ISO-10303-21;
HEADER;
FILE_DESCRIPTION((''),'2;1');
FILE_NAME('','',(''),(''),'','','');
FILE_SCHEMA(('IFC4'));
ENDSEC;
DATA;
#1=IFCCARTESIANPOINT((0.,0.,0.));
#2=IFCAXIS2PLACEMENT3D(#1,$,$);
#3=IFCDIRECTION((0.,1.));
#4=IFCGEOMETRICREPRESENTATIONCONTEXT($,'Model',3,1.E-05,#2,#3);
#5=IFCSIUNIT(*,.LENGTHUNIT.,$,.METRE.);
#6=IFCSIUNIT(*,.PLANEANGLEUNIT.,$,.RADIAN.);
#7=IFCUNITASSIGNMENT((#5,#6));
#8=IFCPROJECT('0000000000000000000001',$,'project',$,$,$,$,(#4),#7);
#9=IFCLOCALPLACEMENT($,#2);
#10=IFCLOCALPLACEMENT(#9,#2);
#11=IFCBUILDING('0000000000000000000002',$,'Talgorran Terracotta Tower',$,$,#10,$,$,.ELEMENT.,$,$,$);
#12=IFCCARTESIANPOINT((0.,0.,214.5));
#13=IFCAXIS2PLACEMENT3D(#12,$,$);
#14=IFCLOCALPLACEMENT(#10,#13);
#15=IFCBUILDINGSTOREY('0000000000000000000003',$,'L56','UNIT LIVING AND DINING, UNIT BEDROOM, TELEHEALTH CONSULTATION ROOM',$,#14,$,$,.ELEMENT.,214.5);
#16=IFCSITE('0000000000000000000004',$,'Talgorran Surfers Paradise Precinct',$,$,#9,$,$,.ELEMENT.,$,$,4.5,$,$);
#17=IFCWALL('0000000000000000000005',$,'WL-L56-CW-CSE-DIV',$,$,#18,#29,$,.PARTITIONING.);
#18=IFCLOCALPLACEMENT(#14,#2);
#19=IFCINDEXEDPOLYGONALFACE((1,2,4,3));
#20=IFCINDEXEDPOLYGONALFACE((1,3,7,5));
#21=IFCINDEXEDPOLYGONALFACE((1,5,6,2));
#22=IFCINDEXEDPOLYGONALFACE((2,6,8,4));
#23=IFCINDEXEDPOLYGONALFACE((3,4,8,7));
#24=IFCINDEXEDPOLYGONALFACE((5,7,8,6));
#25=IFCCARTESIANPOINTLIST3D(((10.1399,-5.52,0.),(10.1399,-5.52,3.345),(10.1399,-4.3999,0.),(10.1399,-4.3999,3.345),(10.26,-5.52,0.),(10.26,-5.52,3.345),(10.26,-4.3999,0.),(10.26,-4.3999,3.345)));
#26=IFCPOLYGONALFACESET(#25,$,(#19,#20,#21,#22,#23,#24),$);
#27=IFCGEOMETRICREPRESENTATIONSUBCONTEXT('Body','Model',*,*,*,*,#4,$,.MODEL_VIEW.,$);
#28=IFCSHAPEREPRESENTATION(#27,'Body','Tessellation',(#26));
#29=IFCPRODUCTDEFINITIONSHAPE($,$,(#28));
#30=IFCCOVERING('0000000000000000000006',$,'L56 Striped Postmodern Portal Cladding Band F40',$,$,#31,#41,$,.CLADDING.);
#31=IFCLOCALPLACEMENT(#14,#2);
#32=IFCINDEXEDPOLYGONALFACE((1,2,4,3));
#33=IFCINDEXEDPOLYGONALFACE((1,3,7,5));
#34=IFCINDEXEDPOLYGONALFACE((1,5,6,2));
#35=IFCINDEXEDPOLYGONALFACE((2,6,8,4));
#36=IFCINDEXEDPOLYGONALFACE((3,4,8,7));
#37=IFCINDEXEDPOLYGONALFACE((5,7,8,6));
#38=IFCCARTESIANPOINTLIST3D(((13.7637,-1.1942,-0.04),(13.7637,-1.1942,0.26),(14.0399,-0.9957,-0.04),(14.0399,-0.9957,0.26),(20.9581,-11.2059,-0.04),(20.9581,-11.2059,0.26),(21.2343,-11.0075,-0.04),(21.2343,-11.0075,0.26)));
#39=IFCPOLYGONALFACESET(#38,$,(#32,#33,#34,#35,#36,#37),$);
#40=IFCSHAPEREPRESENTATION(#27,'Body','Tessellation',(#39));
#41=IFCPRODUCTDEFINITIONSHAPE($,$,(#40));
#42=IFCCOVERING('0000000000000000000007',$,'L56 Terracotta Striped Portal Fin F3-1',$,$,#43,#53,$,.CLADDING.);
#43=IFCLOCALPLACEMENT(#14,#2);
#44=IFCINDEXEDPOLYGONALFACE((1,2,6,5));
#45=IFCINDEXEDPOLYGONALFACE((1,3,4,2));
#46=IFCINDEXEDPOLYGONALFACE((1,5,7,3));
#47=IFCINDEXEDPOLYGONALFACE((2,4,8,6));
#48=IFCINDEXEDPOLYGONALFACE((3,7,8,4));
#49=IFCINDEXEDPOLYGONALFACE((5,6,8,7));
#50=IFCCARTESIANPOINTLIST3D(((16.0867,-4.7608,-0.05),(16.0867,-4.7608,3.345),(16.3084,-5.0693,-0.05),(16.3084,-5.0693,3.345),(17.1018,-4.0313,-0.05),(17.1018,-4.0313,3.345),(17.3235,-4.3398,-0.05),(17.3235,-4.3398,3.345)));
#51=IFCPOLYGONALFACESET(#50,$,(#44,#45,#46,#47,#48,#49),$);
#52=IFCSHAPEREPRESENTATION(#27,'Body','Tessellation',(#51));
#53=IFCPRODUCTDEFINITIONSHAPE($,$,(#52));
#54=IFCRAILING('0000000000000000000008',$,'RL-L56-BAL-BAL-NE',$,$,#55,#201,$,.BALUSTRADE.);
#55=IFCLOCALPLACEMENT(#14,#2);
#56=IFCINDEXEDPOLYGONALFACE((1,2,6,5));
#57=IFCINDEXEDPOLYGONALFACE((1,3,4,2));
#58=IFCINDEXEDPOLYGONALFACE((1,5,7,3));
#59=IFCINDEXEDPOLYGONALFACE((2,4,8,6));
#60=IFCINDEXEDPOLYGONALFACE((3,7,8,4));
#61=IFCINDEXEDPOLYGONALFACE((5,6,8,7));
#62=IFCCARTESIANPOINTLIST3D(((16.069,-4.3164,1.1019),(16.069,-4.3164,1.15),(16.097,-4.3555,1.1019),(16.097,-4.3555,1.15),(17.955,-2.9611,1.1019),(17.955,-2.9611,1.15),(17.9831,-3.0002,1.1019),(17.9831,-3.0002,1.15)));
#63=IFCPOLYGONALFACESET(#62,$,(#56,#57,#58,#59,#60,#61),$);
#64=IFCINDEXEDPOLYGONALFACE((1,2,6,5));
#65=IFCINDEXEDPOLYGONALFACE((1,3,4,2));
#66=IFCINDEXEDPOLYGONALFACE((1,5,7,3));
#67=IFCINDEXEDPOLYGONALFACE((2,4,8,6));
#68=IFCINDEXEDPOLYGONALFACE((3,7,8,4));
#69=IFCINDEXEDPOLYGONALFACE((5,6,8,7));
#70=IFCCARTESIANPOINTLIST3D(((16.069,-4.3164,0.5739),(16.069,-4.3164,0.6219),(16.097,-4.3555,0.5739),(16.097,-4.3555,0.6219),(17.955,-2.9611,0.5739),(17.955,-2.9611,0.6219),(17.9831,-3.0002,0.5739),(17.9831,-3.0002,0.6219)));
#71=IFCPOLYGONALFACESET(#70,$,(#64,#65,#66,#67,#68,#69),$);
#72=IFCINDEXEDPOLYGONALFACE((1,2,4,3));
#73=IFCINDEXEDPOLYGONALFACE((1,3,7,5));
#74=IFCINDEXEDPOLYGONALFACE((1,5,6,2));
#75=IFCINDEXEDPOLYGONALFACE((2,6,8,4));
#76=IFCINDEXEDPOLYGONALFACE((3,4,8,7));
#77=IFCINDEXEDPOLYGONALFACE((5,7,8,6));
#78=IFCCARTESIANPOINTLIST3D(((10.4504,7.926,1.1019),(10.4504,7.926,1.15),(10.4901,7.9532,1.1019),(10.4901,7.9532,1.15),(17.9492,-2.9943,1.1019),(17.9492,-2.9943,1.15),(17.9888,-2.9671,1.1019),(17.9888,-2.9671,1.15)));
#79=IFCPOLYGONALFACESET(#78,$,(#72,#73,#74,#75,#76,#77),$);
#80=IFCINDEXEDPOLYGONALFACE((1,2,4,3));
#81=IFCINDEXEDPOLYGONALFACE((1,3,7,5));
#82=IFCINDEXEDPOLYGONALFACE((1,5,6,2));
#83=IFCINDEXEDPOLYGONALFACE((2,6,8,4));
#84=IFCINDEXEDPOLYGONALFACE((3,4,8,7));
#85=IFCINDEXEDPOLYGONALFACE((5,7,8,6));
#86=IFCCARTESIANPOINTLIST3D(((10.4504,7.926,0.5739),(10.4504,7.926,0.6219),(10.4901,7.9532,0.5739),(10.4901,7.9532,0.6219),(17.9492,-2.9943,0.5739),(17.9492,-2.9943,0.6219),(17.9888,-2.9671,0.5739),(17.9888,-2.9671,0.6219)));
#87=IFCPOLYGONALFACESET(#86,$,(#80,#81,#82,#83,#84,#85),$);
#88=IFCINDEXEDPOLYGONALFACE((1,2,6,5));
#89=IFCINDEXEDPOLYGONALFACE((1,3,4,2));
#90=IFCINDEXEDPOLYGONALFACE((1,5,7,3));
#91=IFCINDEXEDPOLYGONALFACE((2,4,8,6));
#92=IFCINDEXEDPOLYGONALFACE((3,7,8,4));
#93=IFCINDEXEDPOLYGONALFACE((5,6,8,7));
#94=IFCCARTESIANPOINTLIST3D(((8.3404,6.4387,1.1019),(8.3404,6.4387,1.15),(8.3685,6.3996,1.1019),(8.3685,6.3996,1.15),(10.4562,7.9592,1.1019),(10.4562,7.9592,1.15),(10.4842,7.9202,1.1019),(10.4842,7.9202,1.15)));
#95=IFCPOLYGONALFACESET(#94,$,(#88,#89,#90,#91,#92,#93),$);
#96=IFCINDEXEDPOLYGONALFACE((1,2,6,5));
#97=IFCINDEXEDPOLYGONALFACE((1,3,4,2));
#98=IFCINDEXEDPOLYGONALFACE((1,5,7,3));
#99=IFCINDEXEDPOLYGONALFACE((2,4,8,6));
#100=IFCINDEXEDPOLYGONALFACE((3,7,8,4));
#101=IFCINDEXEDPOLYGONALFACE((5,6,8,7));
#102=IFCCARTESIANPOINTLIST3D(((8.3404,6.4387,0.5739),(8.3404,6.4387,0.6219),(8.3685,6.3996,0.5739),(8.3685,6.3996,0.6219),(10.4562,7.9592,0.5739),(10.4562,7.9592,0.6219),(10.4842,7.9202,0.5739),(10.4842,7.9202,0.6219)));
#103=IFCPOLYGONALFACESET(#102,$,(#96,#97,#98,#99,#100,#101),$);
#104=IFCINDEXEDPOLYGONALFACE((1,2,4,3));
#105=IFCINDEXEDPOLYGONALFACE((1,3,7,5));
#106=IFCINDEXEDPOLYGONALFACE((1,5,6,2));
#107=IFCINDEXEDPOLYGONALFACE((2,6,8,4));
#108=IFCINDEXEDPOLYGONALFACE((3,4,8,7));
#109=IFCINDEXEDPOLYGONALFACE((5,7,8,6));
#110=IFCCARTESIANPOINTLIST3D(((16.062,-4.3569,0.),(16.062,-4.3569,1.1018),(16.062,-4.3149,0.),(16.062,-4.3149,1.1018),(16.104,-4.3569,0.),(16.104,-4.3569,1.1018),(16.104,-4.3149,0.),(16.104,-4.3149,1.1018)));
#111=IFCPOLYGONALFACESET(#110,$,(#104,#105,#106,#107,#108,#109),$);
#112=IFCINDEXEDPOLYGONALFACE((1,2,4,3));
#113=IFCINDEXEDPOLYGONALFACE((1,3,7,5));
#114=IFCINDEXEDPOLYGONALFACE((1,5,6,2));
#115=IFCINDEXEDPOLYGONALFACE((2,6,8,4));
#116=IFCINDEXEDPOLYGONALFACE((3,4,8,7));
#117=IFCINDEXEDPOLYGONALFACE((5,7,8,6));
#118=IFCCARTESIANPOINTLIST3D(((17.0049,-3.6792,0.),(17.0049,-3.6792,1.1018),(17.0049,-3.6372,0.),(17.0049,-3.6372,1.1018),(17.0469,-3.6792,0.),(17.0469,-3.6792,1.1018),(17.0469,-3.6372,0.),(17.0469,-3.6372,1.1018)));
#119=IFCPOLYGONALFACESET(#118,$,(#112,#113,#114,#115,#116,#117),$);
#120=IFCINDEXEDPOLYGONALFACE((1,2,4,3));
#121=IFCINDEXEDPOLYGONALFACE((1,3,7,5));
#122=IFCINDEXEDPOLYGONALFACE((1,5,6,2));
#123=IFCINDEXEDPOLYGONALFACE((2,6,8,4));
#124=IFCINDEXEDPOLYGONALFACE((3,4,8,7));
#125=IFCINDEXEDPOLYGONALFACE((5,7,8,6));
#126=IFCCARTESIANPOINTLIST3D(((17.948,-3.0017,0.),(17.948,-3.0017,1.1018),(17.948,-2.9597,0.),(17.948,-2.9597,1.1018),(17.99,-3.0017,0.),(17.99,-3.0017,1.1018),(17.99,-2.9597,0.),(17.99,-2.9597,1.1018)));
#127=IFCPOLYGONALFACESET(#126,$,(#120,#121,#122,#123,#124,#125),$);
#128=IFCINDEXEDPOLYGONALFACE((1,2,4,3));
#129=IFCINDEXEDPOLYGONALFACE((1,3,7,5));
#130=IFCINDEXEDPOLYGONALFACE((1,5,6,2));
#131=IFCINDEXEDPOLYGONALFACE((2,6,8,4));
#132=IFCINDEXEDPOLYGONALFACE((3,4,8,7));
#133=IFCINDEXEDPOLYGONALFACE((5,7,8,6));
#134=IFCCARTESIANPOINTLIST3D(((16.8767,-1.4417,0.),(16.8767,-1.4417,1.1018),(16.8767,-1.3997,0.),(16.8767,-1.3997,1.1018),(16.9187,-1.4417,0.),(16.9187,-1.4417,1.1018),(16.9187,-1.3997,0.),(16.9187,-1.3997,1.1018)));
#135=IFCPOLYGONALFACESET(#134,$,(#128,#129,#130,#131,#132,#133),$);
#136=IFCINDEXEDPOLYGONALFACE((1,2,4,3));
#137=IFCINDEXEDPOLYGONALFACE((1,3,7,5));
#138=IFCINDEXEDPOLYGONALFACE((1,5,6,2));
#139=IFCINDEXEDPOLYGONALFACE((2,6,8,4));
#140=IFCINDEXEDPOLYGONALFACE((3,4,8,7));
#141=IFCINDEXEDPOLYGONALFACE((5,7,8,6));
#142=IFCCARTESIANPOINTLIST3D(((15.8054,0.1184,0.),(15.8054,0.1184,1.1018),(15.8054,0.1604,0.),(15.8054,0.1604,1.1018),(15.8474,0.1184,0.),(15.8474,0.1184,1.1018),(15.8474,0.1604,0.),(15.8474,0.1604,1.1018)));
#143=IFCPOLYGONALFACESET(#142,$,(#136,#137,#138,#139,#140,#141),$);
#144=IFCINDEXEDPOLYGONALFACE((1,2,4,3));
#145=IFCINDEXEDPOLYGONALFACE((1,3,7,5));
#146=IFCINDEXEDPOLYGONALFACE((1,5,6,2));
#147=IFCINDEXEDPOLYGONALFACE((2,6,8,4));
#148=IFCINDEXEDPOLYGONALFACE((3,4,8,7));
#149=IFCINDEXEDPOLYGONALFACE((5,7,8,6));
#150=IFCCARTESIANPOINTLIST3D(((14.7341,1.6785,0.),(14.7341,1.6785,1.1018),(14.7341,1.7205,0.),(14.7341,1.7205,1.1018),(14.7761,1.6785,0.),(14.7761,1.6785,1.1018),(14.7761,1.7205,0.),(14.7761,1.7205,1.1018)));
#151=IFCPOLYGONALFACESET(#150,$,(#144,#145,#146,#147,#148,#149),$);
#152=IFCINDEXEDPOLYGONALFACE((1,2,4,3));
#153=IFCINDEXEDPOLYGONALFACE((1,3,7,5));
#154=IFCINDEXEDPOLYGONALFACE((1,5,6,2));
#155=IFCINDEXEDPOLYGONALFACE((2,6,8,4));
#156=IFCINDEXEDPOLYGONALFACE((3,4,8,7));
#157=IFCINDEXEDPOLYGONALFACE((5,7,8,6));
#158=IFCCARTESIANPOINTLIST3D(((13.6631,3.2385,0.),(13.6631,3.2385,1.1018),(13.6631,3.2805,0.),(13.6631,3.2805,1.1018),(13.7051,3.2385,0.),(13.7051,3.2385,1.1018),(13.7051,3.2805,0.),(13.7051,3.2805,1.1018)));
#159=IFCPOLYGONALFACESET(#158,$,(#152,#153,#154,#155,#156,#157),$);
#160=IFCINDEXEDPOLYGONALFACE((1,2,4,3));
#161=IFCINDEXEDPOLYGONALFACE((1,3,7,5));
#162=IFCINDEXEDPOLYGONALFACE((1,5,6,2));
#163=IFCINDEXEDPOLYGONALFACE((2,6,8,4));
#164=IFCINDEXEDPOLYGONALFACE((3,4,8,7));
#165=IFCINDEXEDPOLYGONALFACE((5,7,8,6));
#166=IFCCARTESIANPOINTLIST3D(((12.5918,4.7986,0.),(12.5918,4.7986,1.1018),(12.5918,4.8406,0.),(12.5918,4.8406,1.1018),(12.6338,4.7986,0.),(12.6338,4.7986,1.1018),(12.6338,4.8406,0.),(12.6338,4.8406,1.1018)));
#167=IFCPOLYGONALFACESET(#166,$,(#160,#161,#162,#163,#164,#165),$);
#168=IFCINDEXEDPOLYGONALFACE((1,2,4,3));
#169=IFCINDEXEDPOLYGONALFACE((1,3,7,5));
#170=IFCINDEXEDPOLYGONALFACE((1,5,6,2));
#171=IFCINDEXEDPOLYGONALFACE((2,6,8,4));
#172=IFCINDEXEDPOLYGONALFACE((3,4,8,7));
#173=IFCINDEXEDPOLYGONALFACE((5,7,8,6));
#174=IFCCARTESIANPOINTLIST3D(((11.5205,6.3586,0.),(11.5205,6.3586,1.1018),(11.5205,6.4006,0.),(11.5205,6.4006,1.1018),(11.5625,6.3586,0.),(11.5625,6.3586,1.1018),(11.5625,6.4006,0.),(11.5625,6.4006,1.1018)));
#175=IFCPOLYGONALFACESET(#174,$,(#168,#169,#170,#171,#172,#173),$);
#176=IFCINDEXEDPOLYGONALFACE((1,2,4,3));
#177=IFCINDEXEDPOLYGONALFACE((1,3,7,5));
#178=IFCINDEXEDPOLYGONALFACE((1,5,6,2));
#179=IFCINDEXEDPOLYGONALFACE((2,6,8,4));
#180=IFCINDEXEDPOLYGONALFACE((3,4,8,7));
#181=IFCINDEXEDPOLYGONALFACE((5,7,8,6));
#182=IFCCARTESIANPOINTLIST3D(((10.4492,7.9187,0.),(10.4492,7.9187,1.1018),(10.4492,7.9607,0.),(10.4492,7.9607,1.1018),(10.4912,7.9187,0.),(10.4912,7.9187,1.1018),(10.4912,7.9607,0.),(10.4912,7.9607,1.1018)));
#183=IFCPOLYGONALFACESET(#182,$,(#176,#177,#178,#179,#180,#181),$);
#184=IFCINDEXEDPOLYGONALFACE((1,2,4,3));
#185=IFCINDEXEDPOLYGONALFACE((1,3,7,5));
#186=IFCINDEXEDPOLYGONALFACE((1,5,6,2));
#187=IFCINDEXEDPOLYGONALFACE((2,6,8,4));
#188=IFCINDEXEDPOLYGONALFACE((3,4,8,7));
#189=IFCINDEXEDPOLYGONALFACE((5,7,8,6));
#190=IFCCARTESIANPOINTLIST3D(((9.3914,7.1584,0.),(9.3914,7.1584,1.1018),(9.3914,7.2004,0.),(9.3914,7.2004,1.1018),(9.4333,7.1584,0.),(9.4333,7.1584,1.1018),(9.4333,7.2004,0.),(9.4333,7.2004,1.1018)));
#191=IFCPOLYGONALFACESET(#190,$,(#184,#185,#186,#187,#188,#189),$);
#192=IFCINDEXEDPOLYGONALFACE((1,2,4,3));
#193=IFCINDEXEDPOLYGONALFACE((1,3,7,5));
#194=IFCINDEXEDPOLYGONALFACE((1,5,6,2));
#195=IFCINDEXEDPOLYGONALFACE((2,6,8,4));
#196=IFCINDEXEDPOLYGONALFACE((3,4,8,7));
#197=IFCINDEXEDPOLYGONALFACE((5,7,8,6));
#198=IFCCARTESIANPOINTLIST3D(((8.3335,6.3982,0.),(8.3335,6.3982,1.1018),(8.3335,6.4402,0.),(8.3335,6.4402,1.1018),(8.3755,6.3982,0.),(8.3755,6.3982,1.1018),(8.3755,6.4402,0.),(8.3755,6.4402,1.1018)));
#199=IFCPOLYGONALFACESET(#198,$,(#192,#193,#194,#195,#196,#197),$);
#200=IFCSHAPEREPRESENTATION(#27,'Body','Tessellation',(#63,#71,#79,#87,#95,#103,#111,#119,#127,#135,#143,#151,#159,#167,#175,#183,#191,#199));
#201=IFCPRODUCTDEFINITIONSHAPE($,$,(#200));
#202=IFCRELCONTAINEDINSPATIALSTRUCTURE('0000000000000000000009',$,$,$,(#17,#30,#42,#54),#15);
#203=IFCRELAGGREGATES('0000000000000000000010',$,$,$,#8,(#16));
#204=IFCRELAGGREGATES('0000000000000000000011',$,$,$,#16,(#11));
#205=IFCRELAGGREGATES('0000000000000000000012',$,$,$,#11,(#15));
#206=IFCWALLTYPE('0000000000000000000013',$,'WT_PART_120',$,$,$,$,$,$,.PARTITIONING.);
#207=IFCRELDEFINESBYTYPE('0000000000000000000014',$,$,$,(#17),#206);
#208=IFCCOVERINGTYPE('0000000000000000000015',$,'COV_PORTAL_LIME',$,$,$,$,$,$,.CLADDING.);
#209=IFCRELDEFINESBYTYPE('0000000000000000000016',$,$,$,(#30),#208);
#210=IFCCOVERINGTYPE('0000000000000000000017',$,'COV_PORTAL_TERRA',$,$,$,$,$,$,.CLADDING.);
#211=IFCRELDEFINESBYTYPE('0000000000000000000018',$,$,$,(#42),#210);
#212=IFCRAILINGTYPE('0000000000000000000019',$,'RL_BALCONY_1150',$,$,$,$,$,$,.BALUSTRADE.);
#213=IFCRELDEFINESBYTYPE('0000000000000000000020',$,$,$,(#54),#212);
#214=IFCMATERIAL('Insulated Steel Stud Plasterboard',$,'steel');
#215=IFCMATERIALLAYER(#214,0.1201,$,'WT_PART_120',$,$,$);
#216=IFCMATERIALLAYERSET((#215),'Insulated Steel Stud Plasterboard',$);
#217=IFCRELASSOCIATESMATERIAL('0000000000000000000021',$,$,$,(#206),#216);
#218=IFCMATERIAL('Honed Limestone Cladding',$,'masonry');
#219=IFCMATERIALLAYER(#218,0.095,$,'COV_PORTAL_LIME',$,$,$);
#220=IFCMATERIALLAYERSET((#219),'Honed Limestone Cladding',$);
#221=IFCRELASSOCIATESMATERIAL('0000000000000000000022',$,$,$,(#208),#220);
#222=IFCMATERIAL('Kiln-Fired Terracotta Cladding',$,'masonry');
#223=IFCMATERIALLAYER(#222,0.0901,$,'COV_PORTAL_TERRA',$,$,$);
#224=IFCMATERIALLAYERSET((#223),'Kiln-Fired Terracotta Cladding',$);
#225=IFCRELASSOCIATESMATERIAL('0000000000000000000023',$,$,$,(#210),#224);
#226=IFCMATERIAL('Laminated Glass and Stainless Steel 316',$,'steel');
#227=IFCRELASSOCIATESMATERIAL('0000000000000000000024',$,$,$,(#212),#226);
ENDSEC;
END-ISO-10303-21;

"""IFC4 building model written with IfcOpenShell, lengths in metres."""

from ifc_helpers import new_model, si_unit, direction, frame, frame_2d, origin, origin_2d, place, context, subcontext, project, spatial, rectangle, extrude, material, layer, layer_set, type_object, element, save


model = new_model("IFC4")

# Units and contexts
model_context = context("Model", 3, precision=1e-05, world=origin(), true_north=direction((0.0, 1.0)))
body_context = subcontext(model_context, "Body", "Model", "MODEL_VIEW")
ifc_project = project(units=[si_unit("LENGTHUNIT", "METRE"), si_unit("PLANEANGLEUNIT", "RADIAN")], contexts=[model_context])

# Site, building, storey
site_placement = place(None, origin())
site = spatial("IfcSite", under=ifc_project, at=site_placement, Name="Talgorran Surfers Paradise Precinct", CompositionType="ELEMENT", RefElevation=4.5)
building_placement = place(site_placement, origin())
building = spatial("IfcBuilding", under=site, at=building_placement, Name="Talgorran Terracotta Tower", CompositionType="ELEMENT")
storey_placement = place(building_placement, frame((0.0, 0.0, 214.5)))
storey = spatial("IfcBuildingStorey", under=building, at=storey_placement, Name="L56", Description="UNIT LIVING AND DINING, UNIT BEDROOM, TELEHEALTH CONSULTATION ROOM", CompositionType="ELEMENT", Elevation=214.5)

# Wall
ifc_material_1 = material(Name="Insulated Steel Stud Plasterboard", Category="steel")
ifc_layer_1 = layer(ifc_material_1, 0.1201, Name="WT_PART_120")
ifc_layer_set_1 = layer_set([ifc_layer_1], Name="Insulated Steel Stud Plasterboard")
wall_type_1 = type_object("IfcWallType", Name="WT_PART_120", PredefinedType="PARTITIONING", material=ifc_layer_set_1)
wall_1_placement = place(storey_placement, frame((10.2, -5.52, 0.0), z_axis=(0.0, 0.0, 1.0), x_axis=(0.0, 1.0, 0.0)))
element("IfcWall", 1, at=wall_1_placement, inside=storey, type_object=wall_type_1, Name="WL-L56-CW-CSE-DIV", PredefinedType="PARTITIONING", context=body_context, shape_type="SweptSolid", body=[
    extrude(rectangle(XDim=1.1201, YDim=0.1201, at=frame_2d((0.5601, 0.0))), origin(), (0.0, 0.0, 1.0), 3.345),
])

# Coverings
ifc_material_2 = material(Name="Honed Limestone Cladding", Category="masonry")
ifc_layer_2 = layer(ifc_material_2, 0.095, Name="COV_PORTAL_LIME")
ifc_layer_set_2 = layer_set([ifc_layer_2], Name="Honed Limestone Cladding")
covering_type_1 = type_object("IfcCoveringType", Name="COV_PORTAL_LIME", PredefinedType="CLADDING", material=ifc_layer_set_2)
covering_1_placement = place(storey_placement, frame((17.499, -6.1008, -0.04), z_axis=(0.0, 0.0, 1.0), x_axis=(-0.583555, 0.812073, 0.0)))
element("IfcCovering", 2, at=covering_1_placement, inside=storey, type_object=covering_type_1, Name="L56 Striped Postmodern Portal Cladding Band F40", PredefinedType="CLADDING", context=body_context, shape_type="SweptSolid", body=[
    extrude(rectangle(XDim=12.3286, YDim=0.3401, at=origin_2d()), origin(), (0.0, 0.0, 1.0), 0.3),
])
ifc_material_3 = material(Name="Kiln-Fired Terracotta Cladding", Category="masonry")
ifc_layer_3 = layer(ifc_material_3, 0.0901, Name="COV_PORTAL_TERRA")
ifc_layer_set_3 = layer_set([ifc_layer_3], Name="Kiln-Fired Terracotta Cladding")
covering_type_2 = type_object("IfcCoveringType", Name="COV_PORTAL_TERRA", PredefinedType="CLADDING", material=ifc_layer_set_3)
covering_2_placement = place(storey_placement, frame((16.7051, -4.5503, -0.05), z_axis=(0.0, 0.0, 1.0), x_axis=(-0.583555, 0.812073, 0.0)))
element("IfcCovering", 3, at=covering_2_placement, inside=storey, type_object=covering_type_2, Name="L56 Terracotta Striped Portal Fin F3-1", PredefinedType="CLADDING", context=body_context, shape_type="SweptSolid", body=[
    extrude(rectangle(XDim=0.3799, YDim=1.25, at=origin_2d()), origin(), (0.0, 0.0, 1.0), 3.395),
])

# Railing
ifc_material_4 = material(Name="Laminated Glass and Stainless Steel 316", Category="steel")
railing_type = type_object("IfcRailingType", Name="RL_BALCONY_1150", PredefinedType="BALUSTRADE", material=ifc_material_4)
railing_placement = place(storey_placement, frame((16.083, -4.3359, 0.0)))
element("IfcRailing", 4, at=railing_placement, inside=storey, type_object=railing_type, Name="RL-L56-BAL-BAL-NE", PredefinedType="BALUSTRADE", context=body_context, shape_type="SweptSolid", body=[
    extrude(rectangle(XDim=0.0481, YDim=0.0481, at=origin_2d()), frame((0.0, 0.0, 1.126), z_axis=(0.812082, 0.583543, 0.0), x_axis=(-0.583543, 0.812082, 0.0)), (0.0, 0.0, 1.0), 2.3225),
    extrude(rectangle(XDim=0.0481, YDim=0.0481, at=origin_2d()), frame((0.0, 0.0, 0.5979), z_axis=(0.812082, 0.583543, 0.0), x_axis=(-0.583543, 0.812082, 0.0)), (0.0, 0.0, 1.0), 2.3225),
    extrude(rectangle(XDim=0.0481, YDim=0.0481, at=origin_2d()), frame((1.886, 1.3552, 1.126), z_axis=(-0.566067, 0.824359, 0.0), x_axis=(-0.824359, -0.566067, 0.0)), (0.0, 0.0, 1.0), 13.2471),
    extrude(rectangle(XDim=0.0481, YDim=0.0481, at=origin_2d()), frame((1.886, 1.3552, 0.5979), z_axis=(-0.566067, 0.824359, 0.0), x_axis=(-0.824359, -0.566067, 0.0)), (0.0, 0.0, 1.0), 13.2471),
    extrude(rectangle(XDim=0.0481, YDim=0.0481, at=origin_2d()), frame((-5.6128, 12.2756, 1.126), z_axis=(-0.812046, -0.583594, 0.0), x_axis=(0.583594, -0.812046, 0.0)), (0.0, 0.0, 1.0), 2.6055),
    extrude(rectangle(XDim=0.0481, YDim=0.0481, at=origin_2d()), frame((-5.6128, 12.2756, 0.5979), z_axis=(-0.812046, -0.583594, 0.0), x_axis=(0.583594, -0.812046, 0.0)), (0.0, 0.0, 1.0), 2.6055),
    extrude(rectangle(XDim=0.042, YDim=0.042, at=origin_2d()), origin(), (0.0, 0.0, 1.0), 1.1018),
    extrude(rectangle(XDim=0.042, YDim=0.042, at=origin_2d()), frame((0.9429, 0.6777, 0.0)), (0.0, 0.0, 1.0), 1.1018),
    extrude(rectangle(XDim=0.042, YDim=0.042, at=origin_2d()), frame((1.886, 1.3552, 0.0)), (0.0, 0.0, 1.0), 1.1018),
    extrude(rectangle(XDim=0.042, YDim=0.042, at=origin_2d()), frame((0.8147, 2.9153, 0.0)), (0.0, 0.0, 1.0), 1.1018),
    extrude(rectangle(XDim=0.042, YDim=0.042, at=origin_2d()), frame((-0.2566, 4.4753, 0.0)), (0.0, 0.0, 1.0), 1.1018),
    extrude(rectangle(XDim=0.042, YDim=0.042, at=origin_2d()), frame((-1.3279, 6.0354, 0.0)), (0.0, 0.0, 1.0), 1.1018),
    extrude(rectangle(XDim=0.042, YDim=0.042, at=origin_2d()), frame((-2.3989, 7.5955, 0.0)), (0.0, 0.0, 1.0), 1.1018),
    extrude(rectangle(XDim=0.042, YDim=0.042, at=origin_2d()), frame((-3.4702, 9.1555, 0.0)), (0.0, 0.0, 1.0), 1.1018),
    extrude(rectangle(XDim=0.042, YDim=0.042, at=origin_2d()), frame((-4.5415, 10.7156, 0.0)), (0.0, 0.0, 1.0), 1.1018),
    extrude(rectangle(XDim=0.042, YDim=0.042, at=origin_2d()), frame((-5.6128, 12.2756, 0.0)), (0.0, 0.0, 1.0), 1.1018),
    extrude(rectangle(XDim=0.042, YDim=0.042, at=origin_2d()), frame((-6.6707, 11.5154, 0.0)), (0.0, 0.0, 1.0), 1.1018),
    extrude(rectangle(XDim=0.042, YDim=0.042, at=origin_2d()), frame((-7.7285, 10.7551, 0.0)), (0.0, 0.0, 1.0), 1.1018),
])

save(model, "model.ifc")
